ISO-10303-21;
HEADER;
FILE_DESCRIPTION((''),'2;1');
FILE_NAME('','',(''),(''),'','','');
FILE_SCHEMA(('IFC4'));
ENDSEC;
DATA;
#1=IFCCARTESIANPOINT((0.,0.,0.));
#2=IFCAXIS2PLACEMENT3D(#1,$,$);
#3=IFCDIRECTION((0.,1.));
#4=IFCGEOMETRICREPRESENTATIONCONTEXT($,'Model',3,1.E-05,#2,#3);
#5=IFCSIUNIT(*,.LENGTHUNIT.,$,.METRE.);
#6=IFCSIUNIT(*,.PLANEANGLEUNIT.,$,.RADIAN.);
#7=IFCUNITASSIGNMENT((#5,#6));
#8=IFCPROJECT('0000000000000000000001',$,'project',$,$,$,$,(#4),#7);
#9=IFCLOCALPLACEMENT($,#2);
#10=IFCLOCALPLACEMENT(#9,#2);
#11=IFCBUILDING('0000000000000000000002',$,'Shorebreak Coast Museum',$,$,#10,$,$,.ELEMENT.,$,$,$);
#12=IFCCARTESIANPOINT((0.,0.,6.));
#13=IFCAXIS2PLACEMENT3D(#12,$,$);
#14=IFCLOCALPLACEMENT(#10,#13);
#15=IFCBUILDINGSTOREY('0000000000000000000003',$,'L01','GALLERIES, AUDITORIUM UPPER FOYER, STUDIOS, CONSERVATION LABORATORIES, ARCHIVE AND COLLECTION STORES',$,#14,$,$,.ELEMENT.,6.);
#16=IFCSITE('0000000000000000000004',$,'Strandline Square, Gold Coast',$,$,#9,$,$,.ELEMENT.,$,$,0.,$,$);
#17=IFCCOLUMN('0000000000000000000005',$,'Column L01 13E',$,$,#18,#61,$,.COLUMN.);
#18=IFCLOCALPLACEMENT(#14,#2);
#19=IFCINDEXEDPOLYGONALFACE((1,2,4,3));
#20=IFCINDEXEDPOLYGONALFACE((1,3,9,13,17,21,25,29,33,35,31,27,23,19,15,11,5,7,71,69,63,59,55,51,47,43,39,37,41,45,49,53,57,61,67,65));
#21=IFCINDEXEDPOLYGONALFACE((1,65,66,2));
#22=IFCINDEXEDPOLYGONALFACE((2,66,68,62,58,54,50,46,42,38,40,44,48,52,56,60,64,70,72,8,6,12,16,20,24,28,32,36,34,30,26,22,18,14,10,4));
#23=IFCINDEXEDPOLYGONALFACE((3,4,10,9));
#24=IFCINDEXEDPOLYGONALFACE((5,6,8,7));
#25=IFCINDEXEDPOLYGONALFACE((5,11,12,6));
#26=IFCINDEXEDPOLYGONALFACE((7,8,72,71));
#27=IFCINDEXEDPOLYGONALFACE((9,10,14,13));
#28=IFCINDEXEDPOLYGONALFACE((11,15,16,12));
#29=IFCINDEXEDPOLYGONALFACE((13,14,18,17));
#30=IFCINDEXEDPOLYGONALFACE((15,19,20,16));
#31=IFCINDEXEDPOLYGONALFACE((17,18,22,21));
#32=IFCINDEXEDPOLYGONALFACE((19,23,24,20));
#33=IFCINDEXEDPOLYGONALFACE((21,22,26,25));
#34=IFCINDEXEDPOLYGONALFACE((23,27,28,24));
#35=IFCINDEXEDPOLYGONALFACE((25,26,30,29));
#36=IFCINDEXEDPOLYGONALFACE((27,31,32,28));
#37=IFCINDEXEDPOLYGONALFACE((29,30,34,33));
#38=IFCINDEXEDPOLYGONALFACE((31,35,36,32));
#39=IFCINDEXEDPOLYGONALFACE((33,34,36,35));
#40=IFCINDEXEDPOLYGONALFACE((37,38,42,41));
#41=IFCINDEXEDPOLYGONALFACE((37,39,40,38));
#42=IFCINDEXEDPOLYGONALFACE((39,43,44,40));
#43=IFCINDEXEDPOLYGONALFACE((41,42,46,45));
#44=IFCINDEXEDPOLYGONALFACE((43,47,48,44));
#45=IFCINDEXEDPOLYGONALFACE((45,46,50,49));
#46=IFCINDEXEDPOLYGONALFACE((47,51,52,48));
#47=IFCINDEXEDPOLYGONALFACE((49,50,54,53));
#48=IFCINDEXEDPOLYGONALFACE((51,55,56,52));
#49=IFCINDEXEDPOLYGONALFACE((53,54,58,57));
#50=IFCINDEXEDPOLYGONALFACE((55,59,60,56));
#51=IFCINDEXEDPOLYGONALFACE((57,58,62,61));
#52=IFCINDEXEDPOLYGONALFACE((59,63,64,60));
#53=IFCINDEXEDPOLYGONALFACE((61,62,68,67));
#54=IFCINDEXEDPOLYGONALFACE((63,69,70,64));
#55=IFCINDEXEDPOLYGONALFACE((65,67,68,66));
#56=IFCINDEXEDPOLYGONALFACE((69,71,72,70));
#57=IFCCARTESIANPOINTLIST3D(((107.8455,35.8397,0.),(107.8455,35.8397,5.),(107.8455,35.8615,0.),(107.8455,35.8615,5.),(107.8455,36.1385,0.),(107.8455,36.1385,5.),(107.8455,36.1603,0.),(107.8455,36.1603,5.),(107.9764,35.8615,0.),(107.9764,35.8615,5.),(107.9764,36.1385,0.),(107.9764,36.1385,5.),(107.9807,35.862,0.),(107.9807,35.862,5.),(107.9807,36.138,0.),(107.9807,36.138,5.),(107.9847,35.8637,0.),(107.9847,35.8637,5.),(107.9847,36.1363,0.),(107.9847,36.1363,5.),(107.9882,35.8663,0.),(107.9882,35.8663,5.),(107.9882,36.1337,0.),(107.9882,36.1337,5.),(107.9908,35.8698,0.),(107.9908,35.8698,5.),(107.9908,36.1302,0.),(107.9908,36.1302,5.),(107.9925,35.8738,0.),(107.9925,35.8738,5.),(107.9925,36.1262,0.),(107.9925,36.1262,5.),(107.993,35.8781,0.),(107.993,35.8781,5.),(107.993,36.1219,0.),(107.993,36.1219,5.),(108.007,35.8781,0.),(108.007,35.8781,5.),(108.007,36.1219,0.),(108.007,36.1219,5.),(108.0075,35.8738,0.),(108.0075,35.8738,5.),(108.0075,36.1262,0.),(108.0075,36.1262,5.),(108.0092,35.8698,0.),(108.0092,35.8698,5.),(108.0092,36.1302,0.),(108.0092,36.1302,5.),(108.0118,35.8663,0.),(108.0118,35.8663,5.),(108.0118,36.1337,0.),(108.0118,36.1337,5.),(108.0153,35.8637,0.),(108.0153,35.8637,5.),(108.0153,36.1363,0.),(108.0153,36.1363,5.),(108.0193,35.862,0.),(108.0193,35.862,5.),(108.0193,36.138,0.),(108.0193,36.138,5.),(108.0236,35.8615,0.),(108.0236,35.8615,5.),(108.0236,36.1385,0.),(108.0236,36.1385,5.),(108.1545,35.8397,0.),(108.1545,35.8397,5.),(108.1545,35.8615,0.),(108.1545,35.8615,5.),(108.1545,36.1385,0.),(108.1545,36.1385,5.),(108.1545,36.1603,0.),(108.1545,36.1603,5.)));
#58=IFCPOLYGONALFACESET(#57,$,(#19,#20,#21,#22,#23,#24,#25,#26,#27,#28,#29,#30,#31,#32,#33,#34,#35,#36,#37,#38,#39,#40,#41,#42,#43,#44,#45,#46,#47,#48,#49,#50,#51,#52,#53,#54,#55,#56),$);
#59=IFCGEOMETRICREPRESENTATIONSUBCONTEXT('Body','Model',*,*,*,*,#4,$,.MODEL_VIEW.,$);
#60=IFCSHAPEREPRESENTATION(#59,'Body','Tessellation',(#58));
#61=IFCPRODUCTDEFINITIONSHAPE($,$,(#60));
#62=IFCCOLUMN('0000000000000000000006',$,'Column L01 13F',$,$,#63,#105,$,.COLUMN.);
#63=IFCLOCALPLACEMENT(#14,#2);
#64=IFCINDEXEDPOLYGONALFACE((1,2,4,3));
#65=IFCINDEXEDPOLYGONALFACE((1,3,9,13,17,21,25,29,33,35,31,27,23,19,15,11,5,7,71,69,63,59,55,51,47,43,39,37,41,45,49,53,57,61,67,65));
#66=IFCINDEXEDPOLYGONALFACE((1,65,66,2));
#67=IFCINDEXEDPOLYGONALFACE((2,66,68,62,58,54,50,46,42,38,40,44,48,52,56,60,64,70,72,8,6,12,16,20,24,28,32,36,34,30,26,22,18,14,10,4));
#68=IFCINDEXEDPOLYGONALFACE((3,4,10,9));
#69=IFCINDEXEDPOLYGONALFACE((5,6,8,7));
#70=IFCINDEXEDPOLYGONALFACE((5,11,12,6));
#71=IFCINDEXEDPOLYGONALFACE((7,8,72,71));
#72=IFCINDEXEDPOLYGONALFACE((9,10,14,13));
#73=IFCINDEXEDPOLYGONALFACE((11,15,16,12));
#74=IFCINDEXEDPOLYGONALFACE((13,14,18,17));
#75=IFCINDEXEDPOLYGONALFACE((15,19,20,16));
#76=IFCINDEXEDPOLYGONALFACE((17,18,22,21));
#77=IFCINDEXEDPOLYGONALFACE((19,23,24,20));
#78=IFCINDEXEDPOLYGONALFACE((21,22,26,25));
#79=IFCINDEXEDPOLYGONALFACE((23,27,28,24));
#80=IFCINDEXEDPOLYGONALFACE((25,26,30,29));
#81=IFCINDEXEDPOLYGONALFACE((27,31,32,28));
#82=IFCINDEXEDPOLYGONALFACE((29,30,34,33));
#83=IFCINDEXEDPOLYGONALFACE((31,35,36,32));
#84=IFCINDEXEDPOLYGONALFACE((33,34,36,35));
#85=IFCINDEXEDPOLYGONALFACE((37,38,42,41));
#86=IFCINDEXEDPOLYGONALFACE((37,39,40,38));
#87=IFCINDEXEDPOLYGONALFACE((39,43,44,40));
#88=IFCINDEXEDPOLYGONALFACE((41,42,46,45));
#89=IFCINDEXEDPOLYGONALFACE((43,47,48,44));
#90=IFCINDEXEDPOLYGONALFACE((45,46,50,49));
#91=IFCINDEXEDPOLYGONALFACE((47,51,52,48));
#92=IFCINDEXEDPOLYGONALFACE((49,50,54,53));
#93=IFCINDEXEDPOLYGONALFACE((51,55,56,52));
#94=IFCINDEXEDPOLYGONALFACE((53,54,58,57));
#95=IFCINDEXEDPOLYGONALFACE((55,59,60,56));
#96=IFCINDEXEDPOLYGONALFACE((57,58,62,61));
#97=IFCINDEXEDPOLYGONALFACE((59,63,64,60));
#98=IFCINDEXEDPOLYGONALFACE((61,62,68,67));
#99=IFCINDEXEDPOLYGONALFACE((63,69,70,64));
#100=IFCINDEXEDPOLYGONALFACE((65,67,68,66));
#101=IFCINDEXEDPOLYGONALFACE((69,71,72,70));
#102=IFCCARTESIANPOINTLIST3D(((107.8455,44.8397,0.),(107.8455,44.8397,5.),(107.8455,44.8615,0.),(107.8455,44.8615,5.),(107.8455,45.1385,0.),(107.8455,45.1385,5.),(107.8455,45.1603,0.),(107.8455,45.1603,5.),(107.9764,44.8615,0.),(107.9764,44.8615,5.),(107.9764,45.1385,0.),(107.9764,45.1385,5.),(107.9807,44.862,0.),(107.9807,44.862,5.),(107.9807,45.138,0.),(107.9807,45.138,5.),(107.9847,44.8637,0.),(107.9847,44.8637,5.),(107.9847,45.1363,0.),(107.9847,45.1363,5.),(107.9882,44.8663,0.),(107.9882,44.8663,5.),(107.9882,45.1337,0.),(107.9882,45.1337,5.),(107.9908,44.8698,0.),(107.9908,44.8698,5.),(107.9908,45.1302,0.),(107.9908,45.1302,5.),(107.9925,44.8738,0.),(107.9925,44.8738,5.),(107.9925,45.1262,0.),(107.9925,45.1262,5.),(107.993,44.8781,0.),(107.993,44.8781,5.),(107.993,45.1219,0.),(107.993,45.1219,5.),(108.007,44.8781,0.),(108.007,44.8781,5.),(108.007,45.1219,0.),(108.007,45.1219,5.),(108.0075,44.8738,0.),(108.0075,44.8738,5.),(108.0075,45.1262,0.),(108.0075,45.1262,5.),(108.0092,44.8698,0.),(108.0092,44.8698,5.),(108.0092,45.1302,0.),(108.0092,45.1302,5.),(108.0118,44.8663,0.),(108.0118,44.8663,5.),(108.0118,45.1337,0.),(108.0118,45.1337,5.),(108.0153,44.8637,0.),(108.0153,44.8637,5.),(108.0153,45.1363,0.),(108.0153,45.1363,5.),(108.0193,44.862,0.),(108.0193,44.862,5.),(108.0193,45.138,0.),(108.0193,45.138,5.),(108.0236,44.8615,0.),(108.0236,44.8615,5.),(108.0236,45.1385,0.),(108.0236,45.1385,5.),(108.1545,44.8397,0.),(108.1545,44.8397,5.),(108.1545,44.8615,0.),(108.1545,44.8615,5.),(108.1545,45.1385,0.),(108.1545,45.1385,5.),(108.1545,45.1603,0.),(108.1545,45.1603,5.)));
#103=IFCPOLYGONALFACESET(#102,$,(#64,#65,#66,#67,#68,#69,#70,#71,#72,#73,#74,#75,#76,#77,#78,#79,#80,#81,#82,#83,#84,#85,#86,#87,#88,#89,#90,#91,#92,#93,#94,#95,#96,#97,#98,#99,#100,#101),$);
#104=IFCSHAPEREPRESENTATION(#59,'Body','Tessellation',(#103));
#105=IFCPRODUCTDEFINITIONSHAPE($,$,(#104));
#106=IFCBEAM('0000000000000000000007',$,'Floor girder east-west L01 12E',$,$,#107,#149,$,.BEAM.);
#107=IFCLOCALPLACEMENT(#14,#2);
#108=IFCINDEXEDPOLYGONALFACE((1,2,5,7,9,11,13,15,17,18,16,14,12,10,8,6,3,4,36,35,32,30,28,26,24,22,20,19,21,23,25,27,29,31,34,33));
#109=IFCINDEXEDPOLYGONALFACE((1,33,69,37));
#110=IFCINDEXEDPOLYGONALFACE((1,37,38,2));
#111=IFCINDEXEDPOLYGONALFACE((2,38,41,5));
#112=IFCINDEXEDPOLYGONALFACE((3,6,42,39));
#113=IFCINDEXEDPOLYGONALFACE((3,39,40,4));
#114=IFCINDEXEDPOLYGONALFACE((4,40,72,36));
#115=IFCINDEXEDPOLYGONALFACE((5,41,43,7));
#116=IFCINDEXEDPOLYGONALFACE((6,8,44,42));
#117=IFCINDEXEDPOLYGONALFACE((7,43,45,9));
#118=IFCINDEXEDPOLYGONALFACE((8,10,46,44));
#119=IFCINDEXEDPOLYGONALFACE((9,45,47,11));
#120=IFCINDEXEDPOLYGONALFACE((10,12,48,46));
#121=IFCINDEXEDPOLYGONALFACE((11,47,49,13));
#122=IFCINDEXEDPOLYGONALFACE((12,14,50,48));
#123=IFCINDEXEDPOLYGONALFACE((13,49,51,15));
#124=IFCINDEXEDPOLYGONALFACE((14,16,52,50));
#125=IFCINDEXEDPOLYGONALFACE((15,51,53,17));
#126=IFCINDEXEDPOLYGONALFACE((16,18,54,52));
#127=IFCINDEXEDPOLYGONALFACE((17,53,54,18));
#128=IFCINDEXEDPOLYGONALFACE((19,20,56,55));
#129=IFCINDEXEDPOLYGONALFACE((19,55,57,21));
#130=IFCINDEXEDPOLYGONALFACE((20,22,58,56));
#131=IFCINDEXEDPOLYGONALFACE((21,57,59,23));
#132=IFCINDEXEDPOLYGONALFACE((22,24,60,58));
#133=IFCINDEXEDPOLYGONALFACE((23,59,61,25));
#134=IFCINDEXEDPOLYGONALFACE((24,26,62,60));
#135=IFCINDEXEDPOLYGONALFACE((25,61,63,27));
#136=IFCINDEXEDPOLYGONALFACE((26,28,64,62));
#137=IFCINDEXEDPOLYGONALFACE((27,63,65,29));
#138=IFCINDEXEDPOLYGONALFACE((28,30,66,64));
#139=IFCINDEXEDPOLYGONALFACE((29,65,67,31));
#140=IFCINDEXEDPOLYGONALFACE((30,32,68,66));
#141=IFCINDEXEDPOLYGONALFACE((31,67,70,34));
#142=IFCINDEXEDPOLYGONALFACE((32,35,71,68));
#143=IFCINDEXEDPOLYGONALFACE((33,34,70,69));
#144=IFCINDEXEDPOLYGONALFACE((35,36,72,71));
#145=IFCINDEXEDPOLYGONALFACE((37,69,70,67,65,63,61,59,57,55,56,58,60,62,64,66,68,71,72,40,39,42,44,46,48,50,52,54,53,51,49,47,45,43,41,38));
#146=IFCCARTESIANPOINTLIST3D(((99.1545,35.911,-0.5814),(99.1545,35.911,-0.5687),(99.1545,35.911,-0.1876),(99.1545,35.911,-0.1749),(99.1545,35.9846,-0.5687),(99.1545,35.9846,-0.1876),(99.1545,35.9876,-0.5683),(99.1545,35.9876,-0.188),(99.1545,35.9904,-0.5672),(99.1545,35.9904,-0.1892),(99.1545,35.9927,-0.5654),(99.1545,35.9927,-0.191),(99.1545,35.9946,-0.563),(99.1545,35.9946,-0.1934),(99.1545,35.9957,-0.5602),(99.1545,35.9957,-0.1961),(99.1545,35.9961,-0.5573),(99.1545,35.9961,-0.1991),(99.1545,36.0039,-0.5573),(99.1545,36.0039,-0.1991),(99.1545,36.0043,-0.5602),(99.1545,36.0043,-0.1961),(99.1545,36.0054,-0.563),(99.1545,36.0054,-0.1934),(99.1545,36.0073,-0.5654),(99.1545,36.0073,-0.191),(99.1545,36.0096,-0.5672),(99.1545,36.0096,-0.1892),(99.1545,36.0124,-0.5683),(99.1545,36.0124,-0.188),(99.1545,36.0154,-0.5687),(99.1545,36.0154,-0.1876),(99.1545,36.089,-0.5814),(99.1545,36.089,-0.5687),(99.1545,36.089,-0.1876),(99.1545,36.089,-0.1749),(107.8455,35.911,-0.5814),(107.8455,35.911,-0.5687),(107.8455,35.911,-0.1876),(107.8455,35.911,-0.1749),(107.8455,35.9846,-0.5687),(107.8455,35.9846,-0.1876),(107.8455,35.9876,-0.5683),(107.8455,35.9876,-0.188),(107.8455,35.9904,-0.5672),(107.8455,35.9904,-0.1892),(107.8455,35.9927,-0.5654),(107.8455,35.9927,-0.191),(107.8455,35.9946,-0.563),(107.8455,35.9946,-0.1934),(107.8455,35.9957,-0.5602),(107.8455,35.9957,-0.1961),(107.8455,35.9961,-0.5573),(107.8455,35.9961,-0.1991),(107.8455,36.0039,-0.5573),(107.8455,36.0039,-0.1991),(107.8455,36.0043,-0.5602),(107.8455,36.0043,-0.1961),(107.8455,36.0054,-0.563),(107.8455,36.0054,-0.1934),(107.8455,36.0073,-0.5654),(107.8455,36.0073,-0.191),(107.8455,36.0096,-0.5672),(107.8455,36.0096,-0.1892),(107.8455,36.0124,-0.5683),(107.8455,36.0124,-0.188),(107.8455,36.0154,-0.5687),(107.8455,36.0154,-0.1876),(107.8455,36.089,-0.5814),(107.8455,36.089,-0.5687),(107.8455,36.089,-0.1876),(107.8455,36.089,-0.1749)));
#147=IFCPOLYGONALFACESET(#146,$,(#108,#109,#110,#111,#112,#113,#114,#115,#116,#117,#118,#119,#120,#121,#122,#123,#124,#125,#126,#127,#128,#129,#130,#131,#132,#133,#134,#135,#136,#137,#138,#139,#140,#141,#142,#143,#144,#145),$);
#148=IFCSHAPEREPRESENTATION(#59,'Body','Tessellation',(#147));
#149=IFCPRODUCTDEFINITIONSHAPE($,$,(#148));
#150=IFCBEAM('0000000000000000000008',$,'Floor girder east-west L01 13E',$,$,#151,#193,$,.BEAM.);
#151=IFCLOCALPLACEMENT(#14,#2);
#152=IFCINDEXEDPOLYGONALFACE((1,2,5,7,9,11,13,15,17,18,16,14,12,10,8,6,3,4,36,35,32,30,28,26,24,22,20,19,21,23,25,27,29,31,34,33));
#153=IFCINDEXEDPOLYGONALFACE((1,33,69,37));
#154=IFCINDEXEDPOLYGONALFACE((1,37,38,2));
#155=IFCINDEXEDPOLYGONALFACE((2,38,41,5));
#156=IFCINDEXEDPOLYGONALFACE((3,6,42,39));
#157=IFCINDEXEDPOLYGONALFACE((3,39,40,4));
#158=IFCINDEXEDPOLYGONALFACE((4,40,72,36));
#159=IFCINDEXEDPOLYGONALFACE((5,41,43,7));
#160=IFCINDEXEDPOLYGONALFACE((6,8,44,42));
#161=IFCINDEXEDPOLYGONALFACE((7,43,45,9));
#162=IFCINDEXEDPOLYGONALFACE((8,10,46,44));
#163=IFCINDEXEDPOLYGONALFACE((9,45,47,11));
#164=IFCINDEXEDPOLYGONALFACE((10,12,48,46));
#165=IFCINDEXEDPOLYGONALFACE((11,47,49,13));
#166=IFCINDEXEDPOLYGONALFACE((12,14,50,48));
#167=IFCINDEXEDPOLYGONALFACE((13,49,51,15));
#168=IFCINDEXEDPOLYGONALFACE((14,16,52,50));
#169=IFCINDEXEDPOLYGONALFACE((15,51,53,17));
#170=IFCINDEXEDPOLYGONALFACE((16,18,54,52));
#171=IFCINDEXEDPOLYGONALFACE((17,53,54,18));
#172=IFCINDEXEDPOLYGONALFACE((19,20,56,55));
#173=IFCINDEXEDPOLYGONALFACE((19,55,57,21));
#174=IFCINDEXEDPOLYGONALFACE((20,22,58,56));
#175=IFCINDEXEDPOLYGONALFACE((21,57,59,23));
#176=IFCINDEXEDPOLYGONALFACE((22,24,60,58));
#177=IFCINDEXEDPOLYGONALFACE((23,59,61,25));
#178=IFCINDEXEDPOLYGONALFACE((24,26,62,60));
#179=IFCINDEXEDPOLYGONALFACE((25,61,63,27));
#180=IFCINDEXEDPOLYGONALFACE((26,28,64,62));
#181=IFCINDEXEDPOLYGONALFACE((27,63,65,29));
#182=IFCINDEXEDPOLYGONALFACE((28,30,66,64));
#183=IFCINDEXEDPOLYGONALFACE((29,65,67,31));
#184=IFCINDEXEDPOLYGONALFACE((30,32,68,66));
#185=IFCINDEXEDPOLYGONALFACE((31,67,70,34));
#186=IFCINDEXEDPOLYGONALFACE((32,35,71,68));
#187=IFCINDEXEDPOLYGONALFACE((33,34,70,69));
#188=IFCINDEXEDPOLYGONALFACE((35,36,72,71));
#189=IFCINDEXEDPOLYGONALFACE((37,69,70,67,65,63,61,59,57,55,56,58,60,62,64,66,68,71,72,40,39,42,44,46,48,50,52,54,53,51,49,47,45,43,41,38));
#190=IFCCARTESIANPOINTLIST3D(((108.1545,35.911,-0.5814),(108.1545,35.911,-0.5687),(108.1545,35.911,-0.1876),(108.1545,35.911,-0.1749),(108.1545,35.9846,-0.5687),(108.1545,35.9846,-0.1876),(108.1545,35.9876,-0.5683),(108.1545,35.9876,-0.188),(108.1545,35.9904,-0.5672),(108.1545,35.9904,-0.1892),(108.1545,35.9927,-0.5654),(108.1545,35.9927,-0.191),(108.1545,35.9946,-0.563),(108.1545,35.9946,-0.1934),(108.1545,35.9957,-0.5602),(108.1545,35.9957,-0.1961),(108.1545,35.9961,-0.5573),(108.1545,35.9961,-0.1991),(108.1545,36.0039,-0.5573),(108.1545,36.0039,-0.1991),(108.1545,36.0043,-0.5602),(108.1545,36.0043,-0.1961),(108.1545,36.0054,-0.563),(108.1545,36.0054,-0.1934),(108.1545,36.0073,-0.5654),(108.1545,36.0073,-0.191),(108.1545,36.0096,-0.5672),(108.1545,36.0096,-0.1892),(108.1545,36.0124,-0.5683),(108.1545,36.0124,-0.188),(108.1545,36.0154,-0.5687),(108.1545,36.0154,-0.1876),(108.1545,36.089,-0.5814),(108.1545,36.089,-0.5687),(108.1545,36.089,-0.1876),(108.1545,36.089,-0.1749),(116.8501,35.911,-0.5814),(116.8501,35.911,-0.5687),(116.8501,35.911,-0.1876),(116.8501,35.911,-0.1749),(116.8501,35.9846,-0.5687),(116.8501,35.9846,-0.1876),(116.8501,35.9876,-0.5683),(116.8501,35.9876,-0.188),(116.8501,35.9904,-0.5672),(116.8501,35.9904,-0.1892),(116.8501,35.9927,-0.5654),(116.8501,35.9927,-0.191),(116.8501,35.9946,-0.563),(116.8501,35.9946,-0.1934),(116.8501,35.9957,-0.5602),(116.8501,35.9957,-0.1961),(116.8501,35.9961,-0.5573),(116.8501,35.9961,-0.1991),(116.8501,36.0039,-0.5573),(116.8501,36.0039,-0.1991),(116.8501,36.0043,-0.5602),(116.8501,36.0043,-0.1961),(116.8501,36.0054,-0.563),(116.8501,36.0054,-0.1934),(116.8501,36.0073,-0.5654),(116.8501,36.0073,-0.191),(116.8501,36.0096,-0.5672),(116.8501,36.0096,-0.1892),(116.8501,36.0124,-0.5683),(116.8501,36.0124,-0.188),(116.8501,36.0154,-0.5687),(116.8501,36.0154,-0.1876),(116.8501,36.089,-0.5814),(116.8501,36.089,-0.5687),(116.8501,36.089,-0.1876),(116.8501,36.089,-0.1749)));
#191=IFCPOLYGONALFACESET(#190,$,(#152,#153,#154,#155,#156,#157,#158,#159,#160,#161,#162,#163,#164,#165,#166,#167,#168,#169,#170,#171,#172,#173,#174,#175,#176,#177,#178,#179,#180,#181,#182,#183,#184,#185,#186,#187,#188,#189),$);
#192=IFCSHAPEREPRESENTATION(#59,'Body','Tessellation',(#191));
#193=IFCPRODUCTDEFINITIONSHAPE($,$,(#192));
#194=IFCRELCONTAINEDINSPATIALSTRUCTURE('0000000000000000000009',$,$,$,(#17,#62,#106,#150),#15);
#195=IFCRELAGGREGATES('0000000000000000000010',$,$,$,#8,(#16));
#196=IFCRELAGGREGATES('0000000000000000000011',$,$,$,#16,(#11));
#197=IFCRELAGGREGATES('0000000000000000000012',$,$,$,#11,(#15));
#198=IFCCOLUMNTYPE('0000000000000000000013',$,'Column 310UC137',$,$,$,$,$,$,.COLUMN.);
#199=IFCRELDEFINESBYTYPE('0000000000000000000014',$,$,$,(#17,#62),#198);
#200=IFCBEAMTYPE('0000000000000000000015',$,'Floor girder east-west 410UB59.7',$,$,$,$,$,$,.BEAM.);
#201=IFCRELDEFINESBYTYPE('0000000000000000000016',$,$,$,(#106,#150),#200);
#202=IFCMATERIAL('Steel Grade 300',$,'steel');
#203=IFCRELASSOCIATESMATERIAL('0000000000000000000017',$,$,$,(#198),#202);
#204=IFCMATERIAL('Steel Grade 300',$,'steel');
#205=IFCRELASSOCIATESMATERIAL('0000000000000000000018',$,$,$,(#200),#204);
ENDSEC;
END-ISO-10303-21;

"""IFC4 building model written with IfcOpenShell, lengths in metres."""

from ifc_helpers import new_model, si_unit, direction, frame, origin, origin_2d, place, context, subcontext, project, spatial, i_section, extrude, material, material_profile, profile_set, type_object, element, save


model = new_model("IFC4")

# Units and contexts
model_context = context("Model", 3, precision=1e-05, world=origin(), true_north=direction((0.0, 1.0)))
body_context = subcontext(model_context, "Body", "Model", "MODEL_VIEW")
ifc_project = project(units=[si_unit("LENGTHUNIT", "METRE"), si_unit("PLANEANGLEUNIT", "RADIAN")], contexts=[model_context])

# Site, building, storey
site_placement = place(None, origin())
site = spatial("IfcSite", under=ifc_project, at=site_placement, Name="Strandline Square, Gold Coast", CompositionType="ELEMENT", RefElevation=0.0)
building_placement = place(site_placement, origin())
building = spatial("IfcBuilding", under=site, at=building_placement, Name="Shorebreak Coast Museum", CompositionType="ELEMENT")
storey_placement = place(building_placement, frame((0.0, 0.0, 6.0)))
storey = spatial("IfcBuildingStorey", under=building, at=storey_placement, Name="L01", Description="GALLERIES, AUDITORIUM UPPER FOYER, STUDIOS, CONSERVATION LABORATORIES, ARCHIVE AND COLLECTION STORES", CompositionType="ELEMENT", Elevation=6.0)

# Columns
ifc_material_1 = material(Name="Steel Grade 300", Category="steel")
ifc_material_profile_1 = material_profile(ifc_material_1, i_section(OverallWidth=0.3091, OverallDepth=0.3206, WebThickness=0.0139, FlangeThickness=0.0217, FilletRadius=0.0166, at=origin_2d()), Name="310UC137")
ifc_profile_set_1 = profile_set([ifc_material_profile_1], Name="Steel Grade 300")
column_type = type_object("IfcColumnType", Name="Column 310UC137", PredefinedType="COLUMN", material=ifc_profile_set_1)
for number, where, z_axis, x_axis, name in (
    (1, (108.0, 36.0, 0.0), (0.0, 0.0, 1.0), (1.0, 0.0, 0.0), "Column L01 13E"),
    (2, (108.0, 45.0, 0.0), (0.0, 0.0, 1.0), (1.0, 0.0, 0.0), "Column L01 13F"),
):
    element("IfcColumn", number, at=place(storey_placement, frame(where, z_axis=z_axis, x_axis=x_axis)), inside=storey, type_object=column_type, Name=name, PredefinedType="COLUMN", context=body_context, shape_type="SweptSolid", body=[
        extrude(i_section(OverallWidth=0.3091, OverallDepth=0.3206, WebThickness=0.0139, FlangeThickness=0.0217, FilletRadius=0.0166, at=origin_2d()), origin(), (0.0, 0.0, 1.0), 5.0),
    ])

# Beams
ifc_material_2 = material(Name="Steel Grade 300", Category="steel")
ifc_material_profile_2 = material_profile(ifc_material_2, i_section(OverallWidth=0.178, OverallDepth=0.4065, WebThickness=0.0078, FlangeThickness=0.0127, FilletRadius=0.0115, at=origin_2d()), Name="410UB59.7")
ifc_profile_set_2 = profile_set([ifc_material_profile_2], Name="Steel Grade 300")
beam_type_1 = type_object("IfcBeamType", Name="Floor girder east-west 410UB59.7", PredefinedType="BEAM", material=ifc_profile_set_2)
beam_1_placement = place(storey_placement, frame((99.1545, 36.0, -0.3782), z_axis=(1.0, 0.0, 0.0), x_axis=(0.0, 1.0, 0.0)))
element("IfcBeam", 3, at=beam_1_placement, inside=storey, type_object=beam_type_1, Name="Floor girder east-west L01 12E", PredefinedType="BEAM", context=body_context, shape_type="SweptSolid", body=[
    extrude(i_section(OverallWidth=0.178, OverallDepth=0.4065, WebThickness=0.0078, FlangeThickness=0.0127, FilletRadius=0.0115, at=origin_2d()), origin(), (0.0, 0.0, 1.0), 8.6909),
])
beam_2_placement = place(storey_placement, frame((108.1545, 36.0, -0.3782), z_axis=(1.0, 0.0, 0.0), x_axis=(0.0, 1.0, 0.0)))
element("IfcBeam", 4, at=beam_2_placement, inside=storey, type_object=beam_type_1, Name="Floor girder east-west L01 13E", PredefinedType="BEAM", context=body_context, shape_type="SweptSolid", body=[
    extrude(i_section(OverallWidth=0.178, OverallDepth=0.4065, WebThickness=0.0078, FlangeThickness=0.0127, FilletRadius=0.0115, at=origin_2d()), origin(), (0.0, 0.0, 1.0), 8.6956),
])

save(model, "model.ifc")
